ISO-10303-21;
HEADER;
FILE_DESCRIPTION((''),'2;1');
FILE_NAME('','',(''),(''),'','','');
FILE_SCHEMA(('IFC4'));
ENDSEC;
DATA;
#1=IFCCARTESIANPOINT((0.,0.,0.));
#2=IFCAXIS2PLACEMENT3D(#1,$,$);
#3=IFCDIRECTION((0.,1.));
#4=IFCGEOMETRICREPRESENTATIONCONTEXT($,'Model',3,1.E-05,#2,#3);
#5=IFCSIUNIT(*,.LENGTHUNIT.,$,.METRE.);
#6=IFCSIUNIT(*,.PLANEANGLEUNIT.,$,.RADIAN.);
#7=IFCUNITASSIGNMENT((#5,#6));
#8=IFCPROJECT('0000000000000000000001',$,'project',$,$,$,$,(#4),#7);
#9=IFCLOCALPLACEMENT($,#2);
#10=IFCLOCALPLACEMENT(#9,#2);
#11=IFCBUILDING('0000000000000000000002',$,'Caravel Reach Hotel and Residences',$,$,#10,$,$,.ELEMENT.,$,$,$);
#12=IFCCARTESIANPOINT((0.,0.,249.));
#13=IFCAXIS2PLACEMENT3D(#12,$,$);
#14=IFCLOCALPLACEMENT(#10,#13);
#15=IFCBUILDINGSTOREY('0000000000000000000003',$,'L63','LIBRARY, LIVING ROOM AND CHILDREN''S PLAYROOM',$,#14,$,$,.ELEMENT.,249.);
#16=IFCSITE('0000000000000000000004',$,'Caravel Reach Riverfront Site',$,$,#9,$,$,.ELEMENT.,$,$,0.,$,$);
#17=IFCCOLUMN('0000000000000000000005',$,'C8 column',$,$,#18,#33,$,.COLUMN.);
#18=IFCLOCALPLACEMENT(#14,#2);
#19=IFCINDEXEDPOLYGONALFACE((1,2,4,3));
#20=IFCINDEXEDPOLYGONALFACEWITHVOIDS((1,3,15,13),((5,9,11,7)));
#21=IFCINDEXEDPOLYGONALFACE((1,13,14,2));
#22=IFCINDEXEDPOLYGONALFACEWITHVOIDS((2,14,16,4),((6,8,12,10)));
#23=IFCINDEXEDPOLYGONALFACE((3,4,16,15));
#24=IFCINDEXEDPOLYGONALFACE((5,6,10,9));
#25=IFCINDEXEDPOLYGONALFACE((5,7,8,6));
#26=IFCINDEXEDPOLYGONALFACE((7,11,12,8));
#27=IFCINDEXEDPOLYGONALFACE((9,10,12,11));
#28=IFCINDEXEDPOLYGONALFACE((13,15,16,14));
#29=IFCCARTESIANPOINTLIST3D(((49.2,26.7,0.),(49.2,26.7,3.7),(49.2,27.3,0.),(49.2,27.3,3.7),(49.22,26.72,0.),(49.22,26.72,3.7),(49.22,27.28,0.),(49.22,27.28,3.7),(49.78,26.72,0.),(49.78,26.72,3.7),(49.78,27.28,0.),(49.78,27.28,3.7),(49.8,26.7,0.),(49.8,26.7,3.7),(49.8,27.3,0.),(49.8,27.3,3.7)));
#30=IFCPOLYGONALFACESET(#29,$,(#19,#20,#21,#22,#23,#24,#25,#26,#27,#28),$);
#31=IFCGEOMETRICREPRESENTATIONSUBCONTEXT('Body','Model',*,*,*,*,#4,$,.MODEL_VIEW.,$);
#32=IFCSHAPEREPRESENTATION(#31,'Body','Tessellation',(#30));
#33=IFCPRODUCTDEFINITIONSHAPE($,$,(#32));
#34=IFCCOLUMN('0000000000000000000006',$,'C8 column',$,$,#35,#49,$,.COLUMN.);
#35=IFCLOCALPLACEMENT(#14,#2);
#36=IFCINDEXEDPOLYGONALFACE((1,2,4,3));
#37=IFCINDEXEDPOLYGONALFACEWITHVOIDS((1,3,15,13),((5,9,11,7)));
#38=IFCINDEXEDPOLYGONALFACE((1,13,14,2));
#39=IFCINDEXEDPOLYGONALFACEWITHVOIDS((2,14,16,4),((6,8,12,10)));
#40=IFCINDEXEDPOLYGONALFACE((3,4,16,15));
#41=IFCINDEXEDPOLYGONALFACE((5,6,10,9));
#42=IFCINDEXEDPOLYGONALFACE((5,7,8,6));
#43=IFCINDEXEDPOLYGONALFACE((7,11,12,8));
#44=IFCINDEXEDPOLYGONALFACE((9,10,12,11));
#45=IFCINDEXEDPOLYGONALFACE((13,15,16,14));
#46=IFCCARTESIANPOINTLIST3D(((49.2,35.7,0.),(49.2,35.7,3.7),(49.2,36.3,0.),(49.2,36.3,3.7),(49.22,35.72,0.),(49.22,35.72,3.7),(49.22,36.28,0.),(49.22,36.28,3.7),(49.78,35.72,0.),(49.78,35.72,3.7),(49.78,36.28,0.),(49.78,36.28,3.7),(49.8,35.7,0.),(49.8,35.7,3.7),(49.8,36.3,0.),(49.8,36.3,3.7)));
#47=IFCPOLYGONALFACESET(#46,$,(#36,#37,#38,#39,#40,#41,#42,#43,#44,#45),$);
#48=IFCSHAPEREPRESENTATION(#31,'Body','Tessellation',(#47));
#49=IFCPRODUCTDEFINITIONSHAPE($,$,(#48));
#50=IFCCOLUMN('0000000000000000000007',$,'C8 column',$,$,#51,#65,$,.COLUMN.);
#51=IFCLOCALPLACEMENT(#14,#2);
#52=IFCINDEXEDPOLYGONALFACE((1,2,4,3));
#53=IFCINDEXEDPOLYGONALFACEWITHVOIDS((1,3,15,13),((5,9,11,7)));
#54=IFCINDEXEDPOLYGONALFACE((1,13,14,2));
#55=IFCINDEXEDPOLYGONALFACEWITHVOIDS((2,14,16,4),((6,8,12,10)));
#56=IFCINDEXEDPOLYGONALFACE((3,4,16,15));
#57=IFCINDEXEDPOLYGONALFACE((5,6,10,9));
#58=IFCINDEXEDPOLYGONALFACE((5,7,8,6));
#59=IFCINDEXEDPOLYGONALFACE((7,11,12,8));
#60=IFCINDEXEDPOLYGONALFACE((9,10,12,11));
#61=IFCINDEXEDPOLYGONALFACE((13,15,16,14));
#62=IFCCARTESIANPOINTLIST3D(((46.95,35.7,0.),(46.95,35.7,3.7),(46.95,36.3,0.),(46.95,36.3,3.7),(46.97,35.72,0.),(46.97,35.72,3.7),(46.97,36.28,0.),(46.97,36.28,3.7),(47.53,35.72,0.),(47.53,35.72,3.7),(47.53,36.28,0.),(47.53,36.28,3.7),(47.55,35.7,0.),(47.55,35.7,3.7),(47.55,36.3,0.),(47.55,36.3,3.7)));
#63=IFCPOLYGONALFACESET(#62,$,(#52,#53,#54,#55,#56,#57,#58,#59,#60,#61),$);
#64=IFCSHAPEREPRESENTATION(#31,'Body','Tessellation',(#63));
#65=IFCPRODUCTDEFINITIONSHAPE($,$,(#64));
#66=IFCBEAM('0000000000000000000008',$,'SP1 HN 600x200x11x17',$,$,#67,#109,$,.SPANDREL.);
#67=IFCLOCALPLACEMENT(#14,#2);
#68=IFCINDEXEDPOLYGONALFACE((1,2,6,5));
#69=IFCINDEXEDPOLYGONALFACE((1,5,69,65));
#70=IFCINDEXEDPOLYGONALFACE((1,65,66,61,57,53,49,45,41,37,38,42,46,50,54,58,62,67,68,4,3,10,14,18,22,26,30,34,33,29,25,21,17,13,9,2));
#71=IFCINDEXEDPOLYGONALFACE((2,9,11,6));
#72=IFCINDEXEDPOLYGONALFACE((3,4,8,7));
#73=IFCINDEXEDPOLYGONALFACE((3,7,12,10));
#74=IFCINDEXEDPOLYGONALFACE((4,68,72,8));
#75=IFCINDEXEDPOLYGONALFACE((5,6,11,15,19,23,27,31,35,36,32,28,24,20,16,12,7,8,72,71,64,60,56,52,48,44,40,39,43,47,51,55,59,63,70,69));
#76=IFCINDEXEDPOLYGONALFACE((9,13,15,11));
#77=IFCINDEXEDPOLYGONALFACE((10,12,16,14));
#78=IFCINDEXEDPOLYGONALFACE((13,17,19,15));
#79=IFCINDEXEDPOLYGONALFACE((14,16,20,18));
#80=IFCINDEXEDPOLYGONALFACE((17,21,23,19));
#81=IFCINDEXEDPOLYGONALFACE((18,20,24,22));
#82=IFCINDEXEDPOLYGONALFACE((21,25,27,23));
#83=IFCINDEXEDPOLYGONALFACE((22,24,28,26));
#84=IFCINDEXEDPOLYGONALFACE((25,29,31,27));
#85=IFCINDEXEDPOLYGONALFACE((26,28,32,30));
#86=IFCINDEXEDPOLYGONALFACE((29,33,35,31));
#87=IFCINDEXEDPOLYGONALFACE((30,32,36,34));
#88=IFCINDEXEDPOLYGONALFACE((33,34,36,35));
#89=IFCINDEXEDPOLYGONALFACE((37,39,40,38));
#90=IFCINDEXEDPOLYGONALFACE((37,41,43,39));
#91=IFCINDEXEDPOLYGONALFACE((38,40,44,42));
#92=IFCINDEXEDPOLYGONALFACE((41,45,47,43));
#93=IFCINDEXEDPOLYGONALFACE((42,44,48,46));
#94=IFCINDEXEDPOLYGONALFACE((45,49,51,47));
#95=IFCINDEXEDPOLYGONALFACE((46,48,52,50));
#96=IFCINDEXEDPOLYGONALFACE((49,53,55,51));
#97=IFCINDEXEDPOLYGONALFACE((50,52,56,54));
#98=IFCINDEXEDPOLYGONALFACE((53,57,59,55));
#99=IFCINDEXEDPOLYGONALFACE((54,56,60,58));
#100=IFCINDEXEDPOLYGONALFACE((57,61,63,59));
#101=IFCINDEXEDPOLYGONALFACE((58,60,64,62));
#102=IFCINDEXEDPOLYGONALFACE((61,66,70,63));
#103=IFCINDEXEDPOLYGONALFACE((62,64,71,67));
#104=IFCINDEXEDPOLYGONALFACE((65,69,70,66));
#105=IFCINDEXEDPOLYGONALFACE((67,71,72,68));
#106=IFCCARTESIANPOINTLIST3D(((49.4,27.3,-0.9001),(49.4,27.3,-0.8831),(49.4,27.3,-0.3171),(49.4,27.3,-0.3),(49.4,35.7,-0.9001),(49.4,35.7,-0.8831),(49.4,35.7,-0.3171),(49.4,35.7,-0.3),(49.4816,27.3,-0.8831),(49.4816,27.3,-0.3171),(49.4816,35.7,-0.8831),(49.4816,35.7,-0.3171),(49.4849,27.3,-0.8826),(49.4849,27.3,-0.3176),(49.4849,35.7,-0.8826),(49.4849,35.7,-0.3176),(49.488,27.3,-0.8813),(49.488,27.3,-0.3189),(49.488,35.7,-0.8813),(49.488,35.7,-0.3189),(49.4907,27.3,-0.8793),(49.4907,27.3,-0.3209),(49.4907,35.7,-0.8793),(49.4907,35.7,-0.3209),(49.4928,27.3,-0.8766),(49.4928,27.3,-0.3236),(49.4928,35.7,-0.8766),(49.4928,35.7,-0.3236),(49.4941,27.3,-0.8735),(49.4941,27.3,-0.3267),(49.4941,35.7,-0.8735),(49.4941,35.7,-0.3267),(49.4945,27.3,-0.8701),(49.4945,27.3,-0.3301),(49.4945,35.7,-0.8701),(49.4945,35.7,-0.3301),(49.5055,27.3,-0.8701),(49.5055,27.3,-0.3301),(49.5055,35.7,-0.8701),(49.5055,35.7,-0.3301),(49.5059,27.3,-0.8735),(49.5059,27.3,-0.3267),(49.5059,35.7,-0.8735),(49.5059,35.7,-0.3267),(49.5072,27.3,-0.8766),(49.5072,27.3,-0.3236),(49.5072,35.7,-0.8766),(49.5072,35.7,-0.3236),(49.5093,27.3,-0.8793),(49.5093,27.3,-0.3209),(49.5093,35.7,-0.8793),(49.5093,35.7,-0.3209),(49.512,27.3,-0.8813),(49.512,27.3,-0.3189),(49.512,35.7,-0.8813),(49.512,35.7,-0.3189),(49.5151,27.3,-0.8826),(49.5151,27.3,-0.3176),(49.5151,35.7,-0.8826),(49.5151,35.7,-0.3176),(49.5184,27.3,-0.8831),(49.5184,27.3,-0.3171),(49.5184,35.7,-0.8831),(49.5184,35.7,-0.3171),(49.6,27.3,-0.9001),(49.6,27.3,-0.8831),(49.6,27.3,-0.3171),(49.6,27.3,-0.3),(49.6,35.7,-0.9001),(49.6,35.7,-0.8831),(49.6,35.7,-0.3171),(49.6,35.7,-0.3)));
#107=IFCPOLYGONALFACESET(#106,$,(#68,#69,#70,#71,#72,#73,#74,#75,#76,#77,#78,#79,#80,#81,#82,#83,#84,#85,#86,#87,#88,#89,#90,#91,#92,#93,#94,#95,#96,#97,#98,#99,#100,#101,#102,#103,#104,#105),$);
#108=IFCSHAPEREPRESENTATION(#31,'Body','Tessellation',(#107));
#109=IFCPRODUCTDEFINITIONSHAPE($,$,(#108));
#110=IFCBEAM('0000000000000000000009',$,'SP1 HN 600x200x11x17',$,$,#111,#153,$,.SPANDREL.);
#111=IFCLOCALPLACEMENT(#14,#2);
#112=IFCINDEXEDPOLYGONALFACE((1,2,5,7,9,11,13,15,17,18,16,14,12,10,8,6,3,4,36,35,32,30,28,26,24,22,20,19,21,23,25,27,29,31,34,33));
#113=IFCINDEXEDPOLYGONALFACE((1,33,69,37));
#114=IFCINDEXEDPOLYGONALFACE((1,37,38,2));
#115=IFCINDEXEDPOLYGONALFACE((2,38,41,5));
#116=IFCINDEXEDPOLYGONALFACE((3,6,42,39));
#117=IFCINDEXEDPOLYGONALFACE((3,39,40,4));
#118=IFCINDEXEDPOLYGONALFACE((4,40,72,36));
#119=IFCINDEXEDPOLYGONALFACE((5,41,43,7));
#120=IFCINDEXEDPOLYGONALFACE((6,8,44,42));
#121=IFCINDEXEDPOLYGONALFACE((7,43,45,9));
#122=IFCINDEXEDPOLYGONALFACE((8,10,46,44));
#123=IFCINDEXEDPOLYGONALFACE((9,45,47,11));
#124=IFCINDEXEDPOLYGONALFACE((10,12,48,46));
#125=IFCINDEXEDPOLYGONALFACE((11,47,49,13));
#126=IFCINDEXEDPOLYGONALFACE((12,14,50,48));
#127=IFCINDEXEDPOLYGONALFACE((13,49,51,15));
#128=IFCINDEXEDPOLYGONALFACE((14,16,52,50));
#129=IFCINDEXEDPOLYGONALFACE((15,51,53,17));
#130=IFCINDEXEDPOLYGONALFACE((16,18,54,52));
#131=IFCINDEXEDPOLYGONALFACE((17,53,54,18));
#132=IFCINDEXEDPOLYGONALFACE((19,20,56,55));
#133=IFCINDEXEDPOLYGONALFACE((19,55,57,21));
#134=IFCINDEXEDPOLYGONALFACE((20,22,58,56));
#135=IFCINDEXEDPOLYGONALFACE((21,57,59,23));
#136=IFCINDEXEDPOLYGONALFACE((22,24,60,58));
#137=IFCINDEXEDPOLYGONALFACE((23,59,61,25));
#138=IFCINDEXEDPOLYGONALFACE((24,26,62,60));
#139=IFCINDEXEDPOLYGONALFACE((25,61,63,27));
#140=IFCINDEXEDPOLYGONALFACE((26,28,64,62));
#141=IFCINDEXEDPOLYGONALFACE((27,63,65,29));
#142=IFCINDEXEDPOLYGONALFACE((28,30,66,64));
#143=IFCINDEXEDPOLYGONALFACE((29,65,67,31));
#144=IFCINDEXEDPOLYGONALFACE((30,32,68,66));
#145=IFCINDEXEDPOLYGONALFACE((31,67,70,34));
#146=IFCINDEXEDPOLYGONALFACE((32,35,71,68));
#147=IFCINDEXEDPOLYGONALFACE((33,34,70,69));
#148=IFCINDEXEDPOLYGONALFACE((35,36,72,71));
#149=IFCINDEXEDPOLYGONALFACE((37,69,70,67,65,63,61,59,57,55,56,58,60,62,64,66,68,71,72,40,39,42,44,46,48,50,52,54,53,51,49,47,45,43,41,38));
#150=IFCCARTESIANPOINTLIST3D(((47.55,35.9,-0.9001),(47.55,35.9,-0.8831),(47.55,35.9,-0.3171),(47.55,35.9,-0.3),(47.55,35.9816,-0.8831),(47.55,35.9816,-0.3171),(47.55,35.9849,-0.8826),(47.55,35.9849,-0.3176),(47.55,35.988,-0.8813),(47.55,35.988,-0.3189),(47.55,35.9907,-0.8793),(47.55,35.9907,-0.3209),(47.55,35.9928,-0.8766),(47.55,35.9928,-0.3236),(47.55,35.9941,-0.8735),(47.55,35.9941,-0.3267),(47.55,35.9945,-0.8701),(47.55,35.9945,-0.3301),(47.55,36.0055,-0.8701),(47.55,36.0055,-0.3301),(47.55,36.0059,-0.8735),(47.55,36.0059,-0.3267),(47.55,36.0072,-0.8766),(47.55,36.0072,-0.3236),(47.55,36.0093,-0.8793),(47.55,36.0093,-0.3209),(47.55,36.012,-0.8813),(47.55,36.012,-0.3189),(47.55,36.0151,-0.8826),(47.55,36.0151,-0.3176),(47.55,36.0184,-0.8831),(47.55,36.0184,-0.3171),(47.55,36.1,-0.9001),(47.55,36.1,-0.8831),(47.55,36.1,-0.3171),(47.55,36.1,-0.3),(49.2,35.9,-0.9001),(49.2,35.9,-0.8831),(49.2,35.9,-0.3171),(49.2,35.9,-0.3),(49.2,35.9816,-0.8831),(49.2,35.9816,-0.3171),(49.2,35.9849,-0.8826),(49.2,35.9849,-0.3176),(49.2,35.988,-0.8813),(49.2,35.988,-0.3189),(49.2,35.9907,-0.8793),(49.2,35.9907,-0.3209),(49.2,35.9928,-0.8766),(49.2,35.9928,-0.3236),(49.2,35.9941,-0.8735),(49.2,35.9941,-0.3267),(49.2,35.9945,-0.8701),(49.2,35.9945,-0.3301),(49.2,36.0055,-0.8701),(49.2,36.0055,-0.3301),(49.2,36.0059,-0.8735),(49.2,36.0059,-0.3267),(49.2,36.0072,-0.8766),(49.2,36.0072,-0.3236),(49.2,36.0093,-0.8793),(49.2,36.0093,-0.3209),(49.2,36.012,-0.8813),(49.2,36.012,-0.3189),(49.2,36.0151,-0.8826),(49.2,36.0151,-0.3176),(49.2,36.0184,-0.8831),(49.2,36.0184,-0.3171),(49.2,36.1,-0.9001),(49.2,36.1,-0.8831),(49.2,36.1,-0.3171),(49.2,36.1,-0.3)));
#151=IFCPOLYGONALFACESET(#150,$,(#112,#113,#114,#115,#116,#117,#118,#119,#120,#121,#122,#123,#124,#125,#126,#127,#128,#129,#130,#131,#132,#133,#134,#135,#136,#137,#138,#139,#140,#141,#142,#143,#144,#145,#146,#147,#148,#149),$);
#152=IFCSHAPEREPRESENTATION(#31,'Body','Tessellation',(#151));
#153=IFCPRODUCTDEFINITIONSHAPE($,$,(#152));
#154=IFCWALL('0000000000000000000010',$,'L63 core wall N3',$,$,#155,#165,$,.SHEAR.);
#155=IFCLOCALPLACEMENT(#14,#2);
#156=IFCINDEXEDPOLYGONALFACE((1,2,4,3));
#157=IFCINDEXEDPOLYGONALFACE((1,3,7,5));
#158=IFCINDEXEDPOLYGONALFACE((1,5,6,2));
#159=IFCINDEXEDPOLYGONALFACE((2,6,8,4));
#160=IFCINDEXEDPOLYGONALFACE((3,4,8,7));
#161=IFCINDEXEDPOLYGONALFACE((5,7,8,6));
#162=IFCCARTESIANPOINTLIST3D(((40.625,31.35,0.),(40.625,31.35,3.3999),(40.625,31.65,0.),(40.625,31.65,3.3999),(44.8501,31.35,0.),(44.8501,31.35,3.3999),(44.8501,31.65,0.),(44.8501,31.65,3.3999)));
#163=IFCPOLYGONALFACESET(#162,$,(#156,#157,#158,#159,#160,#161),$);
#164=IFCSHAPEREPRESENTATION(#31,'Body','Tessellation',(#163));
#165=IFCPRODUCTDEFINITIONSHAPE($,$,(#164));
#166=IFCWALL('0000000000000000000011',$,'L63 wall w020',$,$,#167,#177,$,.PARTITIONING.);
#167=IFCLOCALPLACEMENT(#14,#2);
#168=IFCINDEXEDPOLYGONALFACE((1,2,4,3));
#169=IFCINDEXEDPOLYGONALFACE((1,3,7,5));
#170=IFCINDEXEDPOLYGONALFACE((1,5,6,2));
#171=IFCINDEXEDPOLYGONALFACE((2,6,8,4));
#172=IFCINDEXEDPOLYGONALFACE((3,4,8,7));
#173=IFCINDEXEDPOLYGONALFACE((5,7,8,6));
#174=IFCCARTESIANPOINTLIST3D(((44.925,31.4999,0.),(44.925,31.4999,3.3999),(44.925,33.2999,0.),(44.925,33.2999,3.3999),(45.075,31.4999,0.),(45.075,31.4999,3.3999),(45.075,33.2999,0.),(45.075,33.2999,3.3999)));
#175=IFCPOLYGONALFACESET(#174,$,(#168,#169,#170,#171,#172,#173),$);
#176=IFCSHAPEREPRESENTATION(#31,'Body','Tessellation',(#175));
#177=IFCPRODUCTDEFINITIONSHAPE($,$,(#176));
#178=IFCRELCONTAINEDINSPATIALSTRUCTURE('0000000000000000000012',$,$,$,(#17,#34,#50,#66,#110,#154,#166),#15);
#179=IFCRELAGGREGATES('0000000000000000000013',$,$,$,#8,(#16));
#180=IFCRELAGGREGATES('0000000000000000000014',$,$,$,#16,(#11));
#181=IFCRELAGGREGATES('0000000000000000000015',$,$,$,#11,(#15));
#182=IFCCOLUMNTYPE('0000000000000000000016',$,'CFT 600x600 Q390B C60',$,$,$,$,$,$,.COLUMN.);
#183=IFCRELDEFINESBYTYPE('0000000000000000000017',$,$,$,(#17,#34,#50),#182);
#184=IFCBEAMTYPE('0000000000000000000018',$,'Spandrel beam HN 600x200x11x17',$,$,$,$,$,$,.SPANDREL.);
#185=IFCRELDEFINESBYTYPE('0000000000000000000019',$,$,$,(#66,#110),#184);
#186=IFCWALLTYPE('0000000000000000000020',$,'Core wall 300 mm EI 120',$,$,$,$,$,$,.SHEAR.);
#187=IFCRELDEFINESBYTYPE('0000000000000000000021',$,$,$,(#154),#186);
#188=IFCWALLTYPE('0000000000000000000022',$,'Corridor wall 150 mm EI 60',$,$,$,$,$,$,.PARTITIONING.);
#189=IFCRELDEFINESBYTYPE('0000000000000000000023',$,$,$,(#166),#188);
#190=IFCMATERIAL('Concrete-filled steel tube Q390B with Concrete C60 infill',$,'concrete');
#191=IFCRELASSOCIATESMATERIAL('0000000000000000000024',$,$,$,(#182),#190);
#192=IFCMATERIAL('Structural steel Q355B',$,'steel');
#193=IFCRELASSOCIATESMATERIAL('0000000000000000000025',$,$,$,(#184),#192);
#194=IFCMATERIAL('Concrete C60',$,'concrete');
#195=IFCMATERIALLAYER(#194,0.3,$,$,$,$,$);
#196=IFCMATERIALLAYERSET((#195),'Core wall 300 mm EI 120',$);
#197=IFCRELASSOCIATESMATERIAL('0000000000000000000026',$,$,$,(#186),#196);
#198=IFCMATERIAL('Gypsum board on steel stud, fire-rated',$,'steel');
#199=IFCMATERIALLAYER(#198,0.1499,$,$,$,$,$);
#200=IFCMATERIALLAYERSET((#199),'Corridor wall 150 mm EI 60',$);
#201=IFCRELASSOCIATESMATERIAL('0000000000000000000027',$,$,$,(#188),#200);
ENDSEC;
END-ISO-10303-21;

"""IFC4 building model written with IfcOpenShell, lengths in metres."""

from ifc_helpers import new_model, si_unit, direction, frame, frame_2d, origin, origin_2d, place, context, subcontext, project, spatial, rectangle, hollow_rectangle, i_section, extrude, material, layer, layer_set, material_profile, profile_set, type_object, element, save


model = new_model("IFC4")

# Units and contexts
model_context = context("Model", 3, precision=1e-05, world=origin(), true_north=direction((0.0, 1.0)))
body_context = subcontext(model_context, "Body", "Model", "MODEL_VIEW")
ifc_project = project(units=[si_unit("LENGTHUNIT", "METRE"), si_unit("PLANEANGLEUNIT", "RADIAN")], contexts=[model_context])

# Site, building, storey
site_placement = place(None, origin())
site = spatial("IfcSite", under=ifc_project, at=site_placement, Name="Caravel Reach Riverfront Site", CompositionType="ELEMENT", RefElevation=0.0)
building_placement = place(site_placement, origin())
building = spatial("IfcBuilding", under=site, at=building_placement, Name="Caravel Reach Hotel and Residences", CompositionType="ELEMENT")
storey_placement = place(building_placement, frame((0.0, 0.0, 249.0)))
storey = spatial("IfcBuildingStorey", under=building, at=storey_placement, Name="L63", Description="LIBRARY, LIVING ROOM AND CHILDREN'S PLAYROOM", CompositionType="ELEMENT", Elevation=249.0)

# Columns
ifc_material_1 = material(Name="Concrete-filled steel tube Q390B with Concrete C60 infill", Category="concrete")
ifc_material_profile_1 = material_profile(ifc_material_1, hollow_rectangle(XDim=0.6001, YDim=0.6001, WallThickness=0.02, at=origin_2d()), Name="RHS 600x600x20")
ifc_profile_set_1 = profile_set([ifc_material_profile_1], Name="Concrete-filled steel tube Q390B with Concrete C60 infill")
column_type = type_object("IfcColumnType", Name="CFT 600x600 Q390B C60", PredefinedType="COLUMN", material=ifc_profile_set_1)
for number, where, z_axis, x_axis, name in (
    (1, (49.5, 27.0, 0.0), (0.0, 0.0, 1.0), (1.0, 0.0, 0.0), "C8 column"),
    (2, (49.5, 36.0, 0.0), (0.0, 0.0, 1.0), (1.0, 0.0, 0.0), "C8 column"),
    (3, (47.25, 36.0, 0.0), (0.0, 0.0, 1.0), (1.0, 0.0, 0.0), "C8 column"),
):
    element("IfcColumn", number, at=place(storey_placement, frame(where, z_axis=z_axis, x_axis=x_axis)), inside=storey, type_object=column_type, Name=name, PredefinedType="COLUMN", context=body_context, shape_type="SweptSolid", body=[
        extrude(hollow_rectangle(XDim=0.6001, YDim=0.6001, WallThickness=0.02, at=origin_2d()), origin(), (0.0, 0.0, 1.0), 3.7),
    ])

# Beams
ifc_material_2 = material(Name="Structural steel Q355B", Category="steel")
ifc_material_profile_2 = material_profile(ifc_material_2, i_section(OverallWidth=0.2, OverallDepth=0.6001, WebThickness=0.011, FlangeThickness=0.0171, FilletRadius=0.0129, at=origin_2d()), Name="HN 600x200x11x17")
ifc_profile_set_2 = profile_set([ifc_material_profile_2], Name="Structural steel Q355B")
beam_type = type_object("IfcBeamType", Name="Spandrel beam HN 600x200x11x17", PredefinedType="SPANDREL", material=ifc_profile_set_2)
beam_1_placement = place(storey_placement, frame((49.5, 27.3, -0.6001), z_axis=(0.0, 1.0, 0.0), x_axis=(-1.0, 0.0, 0.0)))
element("IfcBeam", 4, at=beam_1_placement, inside=storey, type_object=beam_type, Name="SP1 HN 600x200x11x17", PredefinedType="SPANDREL", context=body_context, shape_type="SweptSolid", body=[
    extrude(i_section(OverallWidth=0.2, OverallDepth=0.6001, WebThickness=0.011, FlangeThickness=0.0171, FilletRadius=0.0129, at=origin_2d()), origin(), (0.0, 0.0, 1.0), 8.3999),
])
beam_2_placement = place(storey_placement, frame((49.2, 36.0, -0.6001), z_axis=(-1.0, 0.0, 0.0), x_axis=(0.0, -1.0, 0.0)))
element("IfcBeam", 5, at=beam_2_placement, inside=storey, type_object=beam_type, Name="SP1 HN 600x200x11x17", PredefinedType="SPANDREL", context=body_context, shape_type="SweptSolid", body=[
    extrude(i_section(OverallWidth=0.2, OverallDepth=0.6001, WebThickness=0.011, FlangeThickness=0.0171, FilletRadius=0.0129, at=origin_2d()), origin(), (0.0, 0.0, 1.0), 1.6499),
])

# Walls
ifc_material_3 = material(Name="Concrete C60", Category="concrete")
ifc_layer_1 = layer(ifc_material_3, 0.3)
ifc_layer_set_1 = layer_set([ifc_layer_1], Name="Core wall 300 mm EI 120")
wall_type_1 = type_object("IfcWallType", Name="Core wall 300 mm EI 120", PredefinedType="SHEAR", material=ifc_layer_set_1)
wall_1_placement = place(storey_placement, frame((40.625, 31.5, 0.0), z_axis=(0.0, 0.0, 1.0), x_axis=(1.0, 0.0, 0.0)))
element("IfcWall", 6, at=wall_1_placement, inside=storey, type_object=wall_type_1, Name="L63 core wall N3", PredefinedType="SHEAR", context=body_context, shape_type="SweptSolid", body=[
    extrude(rectangle(XDim=4.2251, YDim=0.3, at=frame_2d((2.1125, 0.0))), origin(), (0.0, 0.0, 1.0), 3.3999),
])
ifc_material_4 = material(Name="Gypsum board on steel stud, fire-rated", Category="steel")
ifc_layer_2 = layer(ifc_material_4, 0.1499)
ifc_layer_set_2 = layer_set([ifc_layer_2], Name="Corridor wall 150 mm EI 60")
wall_type_2 = type_object("IfcWallType", Name="Corridor wall 150 mm EI 60", PredefinedType="PARTITIONING", material=ifc_layer_set_2)
wall_2_placement = place(storey_placement, frame((45.0, 31.5, 0.0), z_axis=(0.0, 0.0, 1.0), x_axis=(0.0, 1.0, 0.0)))
element("IfcWall", 7, at=wall_2_placement, inside=storey, type_object=wall_type_2, Name="L63 wall w020", PredefinedType="PARTITIONING", context=body_context, shape_type="SweptSolid", body=[
    extrude(rectangle(XDim=1.8, YDim=0.1499, at=frame_2d((0.8999, 0.0))), origin(), (0.0, 0.0, 1.0), 3.3999),
])

save(model, "model.ifc")
